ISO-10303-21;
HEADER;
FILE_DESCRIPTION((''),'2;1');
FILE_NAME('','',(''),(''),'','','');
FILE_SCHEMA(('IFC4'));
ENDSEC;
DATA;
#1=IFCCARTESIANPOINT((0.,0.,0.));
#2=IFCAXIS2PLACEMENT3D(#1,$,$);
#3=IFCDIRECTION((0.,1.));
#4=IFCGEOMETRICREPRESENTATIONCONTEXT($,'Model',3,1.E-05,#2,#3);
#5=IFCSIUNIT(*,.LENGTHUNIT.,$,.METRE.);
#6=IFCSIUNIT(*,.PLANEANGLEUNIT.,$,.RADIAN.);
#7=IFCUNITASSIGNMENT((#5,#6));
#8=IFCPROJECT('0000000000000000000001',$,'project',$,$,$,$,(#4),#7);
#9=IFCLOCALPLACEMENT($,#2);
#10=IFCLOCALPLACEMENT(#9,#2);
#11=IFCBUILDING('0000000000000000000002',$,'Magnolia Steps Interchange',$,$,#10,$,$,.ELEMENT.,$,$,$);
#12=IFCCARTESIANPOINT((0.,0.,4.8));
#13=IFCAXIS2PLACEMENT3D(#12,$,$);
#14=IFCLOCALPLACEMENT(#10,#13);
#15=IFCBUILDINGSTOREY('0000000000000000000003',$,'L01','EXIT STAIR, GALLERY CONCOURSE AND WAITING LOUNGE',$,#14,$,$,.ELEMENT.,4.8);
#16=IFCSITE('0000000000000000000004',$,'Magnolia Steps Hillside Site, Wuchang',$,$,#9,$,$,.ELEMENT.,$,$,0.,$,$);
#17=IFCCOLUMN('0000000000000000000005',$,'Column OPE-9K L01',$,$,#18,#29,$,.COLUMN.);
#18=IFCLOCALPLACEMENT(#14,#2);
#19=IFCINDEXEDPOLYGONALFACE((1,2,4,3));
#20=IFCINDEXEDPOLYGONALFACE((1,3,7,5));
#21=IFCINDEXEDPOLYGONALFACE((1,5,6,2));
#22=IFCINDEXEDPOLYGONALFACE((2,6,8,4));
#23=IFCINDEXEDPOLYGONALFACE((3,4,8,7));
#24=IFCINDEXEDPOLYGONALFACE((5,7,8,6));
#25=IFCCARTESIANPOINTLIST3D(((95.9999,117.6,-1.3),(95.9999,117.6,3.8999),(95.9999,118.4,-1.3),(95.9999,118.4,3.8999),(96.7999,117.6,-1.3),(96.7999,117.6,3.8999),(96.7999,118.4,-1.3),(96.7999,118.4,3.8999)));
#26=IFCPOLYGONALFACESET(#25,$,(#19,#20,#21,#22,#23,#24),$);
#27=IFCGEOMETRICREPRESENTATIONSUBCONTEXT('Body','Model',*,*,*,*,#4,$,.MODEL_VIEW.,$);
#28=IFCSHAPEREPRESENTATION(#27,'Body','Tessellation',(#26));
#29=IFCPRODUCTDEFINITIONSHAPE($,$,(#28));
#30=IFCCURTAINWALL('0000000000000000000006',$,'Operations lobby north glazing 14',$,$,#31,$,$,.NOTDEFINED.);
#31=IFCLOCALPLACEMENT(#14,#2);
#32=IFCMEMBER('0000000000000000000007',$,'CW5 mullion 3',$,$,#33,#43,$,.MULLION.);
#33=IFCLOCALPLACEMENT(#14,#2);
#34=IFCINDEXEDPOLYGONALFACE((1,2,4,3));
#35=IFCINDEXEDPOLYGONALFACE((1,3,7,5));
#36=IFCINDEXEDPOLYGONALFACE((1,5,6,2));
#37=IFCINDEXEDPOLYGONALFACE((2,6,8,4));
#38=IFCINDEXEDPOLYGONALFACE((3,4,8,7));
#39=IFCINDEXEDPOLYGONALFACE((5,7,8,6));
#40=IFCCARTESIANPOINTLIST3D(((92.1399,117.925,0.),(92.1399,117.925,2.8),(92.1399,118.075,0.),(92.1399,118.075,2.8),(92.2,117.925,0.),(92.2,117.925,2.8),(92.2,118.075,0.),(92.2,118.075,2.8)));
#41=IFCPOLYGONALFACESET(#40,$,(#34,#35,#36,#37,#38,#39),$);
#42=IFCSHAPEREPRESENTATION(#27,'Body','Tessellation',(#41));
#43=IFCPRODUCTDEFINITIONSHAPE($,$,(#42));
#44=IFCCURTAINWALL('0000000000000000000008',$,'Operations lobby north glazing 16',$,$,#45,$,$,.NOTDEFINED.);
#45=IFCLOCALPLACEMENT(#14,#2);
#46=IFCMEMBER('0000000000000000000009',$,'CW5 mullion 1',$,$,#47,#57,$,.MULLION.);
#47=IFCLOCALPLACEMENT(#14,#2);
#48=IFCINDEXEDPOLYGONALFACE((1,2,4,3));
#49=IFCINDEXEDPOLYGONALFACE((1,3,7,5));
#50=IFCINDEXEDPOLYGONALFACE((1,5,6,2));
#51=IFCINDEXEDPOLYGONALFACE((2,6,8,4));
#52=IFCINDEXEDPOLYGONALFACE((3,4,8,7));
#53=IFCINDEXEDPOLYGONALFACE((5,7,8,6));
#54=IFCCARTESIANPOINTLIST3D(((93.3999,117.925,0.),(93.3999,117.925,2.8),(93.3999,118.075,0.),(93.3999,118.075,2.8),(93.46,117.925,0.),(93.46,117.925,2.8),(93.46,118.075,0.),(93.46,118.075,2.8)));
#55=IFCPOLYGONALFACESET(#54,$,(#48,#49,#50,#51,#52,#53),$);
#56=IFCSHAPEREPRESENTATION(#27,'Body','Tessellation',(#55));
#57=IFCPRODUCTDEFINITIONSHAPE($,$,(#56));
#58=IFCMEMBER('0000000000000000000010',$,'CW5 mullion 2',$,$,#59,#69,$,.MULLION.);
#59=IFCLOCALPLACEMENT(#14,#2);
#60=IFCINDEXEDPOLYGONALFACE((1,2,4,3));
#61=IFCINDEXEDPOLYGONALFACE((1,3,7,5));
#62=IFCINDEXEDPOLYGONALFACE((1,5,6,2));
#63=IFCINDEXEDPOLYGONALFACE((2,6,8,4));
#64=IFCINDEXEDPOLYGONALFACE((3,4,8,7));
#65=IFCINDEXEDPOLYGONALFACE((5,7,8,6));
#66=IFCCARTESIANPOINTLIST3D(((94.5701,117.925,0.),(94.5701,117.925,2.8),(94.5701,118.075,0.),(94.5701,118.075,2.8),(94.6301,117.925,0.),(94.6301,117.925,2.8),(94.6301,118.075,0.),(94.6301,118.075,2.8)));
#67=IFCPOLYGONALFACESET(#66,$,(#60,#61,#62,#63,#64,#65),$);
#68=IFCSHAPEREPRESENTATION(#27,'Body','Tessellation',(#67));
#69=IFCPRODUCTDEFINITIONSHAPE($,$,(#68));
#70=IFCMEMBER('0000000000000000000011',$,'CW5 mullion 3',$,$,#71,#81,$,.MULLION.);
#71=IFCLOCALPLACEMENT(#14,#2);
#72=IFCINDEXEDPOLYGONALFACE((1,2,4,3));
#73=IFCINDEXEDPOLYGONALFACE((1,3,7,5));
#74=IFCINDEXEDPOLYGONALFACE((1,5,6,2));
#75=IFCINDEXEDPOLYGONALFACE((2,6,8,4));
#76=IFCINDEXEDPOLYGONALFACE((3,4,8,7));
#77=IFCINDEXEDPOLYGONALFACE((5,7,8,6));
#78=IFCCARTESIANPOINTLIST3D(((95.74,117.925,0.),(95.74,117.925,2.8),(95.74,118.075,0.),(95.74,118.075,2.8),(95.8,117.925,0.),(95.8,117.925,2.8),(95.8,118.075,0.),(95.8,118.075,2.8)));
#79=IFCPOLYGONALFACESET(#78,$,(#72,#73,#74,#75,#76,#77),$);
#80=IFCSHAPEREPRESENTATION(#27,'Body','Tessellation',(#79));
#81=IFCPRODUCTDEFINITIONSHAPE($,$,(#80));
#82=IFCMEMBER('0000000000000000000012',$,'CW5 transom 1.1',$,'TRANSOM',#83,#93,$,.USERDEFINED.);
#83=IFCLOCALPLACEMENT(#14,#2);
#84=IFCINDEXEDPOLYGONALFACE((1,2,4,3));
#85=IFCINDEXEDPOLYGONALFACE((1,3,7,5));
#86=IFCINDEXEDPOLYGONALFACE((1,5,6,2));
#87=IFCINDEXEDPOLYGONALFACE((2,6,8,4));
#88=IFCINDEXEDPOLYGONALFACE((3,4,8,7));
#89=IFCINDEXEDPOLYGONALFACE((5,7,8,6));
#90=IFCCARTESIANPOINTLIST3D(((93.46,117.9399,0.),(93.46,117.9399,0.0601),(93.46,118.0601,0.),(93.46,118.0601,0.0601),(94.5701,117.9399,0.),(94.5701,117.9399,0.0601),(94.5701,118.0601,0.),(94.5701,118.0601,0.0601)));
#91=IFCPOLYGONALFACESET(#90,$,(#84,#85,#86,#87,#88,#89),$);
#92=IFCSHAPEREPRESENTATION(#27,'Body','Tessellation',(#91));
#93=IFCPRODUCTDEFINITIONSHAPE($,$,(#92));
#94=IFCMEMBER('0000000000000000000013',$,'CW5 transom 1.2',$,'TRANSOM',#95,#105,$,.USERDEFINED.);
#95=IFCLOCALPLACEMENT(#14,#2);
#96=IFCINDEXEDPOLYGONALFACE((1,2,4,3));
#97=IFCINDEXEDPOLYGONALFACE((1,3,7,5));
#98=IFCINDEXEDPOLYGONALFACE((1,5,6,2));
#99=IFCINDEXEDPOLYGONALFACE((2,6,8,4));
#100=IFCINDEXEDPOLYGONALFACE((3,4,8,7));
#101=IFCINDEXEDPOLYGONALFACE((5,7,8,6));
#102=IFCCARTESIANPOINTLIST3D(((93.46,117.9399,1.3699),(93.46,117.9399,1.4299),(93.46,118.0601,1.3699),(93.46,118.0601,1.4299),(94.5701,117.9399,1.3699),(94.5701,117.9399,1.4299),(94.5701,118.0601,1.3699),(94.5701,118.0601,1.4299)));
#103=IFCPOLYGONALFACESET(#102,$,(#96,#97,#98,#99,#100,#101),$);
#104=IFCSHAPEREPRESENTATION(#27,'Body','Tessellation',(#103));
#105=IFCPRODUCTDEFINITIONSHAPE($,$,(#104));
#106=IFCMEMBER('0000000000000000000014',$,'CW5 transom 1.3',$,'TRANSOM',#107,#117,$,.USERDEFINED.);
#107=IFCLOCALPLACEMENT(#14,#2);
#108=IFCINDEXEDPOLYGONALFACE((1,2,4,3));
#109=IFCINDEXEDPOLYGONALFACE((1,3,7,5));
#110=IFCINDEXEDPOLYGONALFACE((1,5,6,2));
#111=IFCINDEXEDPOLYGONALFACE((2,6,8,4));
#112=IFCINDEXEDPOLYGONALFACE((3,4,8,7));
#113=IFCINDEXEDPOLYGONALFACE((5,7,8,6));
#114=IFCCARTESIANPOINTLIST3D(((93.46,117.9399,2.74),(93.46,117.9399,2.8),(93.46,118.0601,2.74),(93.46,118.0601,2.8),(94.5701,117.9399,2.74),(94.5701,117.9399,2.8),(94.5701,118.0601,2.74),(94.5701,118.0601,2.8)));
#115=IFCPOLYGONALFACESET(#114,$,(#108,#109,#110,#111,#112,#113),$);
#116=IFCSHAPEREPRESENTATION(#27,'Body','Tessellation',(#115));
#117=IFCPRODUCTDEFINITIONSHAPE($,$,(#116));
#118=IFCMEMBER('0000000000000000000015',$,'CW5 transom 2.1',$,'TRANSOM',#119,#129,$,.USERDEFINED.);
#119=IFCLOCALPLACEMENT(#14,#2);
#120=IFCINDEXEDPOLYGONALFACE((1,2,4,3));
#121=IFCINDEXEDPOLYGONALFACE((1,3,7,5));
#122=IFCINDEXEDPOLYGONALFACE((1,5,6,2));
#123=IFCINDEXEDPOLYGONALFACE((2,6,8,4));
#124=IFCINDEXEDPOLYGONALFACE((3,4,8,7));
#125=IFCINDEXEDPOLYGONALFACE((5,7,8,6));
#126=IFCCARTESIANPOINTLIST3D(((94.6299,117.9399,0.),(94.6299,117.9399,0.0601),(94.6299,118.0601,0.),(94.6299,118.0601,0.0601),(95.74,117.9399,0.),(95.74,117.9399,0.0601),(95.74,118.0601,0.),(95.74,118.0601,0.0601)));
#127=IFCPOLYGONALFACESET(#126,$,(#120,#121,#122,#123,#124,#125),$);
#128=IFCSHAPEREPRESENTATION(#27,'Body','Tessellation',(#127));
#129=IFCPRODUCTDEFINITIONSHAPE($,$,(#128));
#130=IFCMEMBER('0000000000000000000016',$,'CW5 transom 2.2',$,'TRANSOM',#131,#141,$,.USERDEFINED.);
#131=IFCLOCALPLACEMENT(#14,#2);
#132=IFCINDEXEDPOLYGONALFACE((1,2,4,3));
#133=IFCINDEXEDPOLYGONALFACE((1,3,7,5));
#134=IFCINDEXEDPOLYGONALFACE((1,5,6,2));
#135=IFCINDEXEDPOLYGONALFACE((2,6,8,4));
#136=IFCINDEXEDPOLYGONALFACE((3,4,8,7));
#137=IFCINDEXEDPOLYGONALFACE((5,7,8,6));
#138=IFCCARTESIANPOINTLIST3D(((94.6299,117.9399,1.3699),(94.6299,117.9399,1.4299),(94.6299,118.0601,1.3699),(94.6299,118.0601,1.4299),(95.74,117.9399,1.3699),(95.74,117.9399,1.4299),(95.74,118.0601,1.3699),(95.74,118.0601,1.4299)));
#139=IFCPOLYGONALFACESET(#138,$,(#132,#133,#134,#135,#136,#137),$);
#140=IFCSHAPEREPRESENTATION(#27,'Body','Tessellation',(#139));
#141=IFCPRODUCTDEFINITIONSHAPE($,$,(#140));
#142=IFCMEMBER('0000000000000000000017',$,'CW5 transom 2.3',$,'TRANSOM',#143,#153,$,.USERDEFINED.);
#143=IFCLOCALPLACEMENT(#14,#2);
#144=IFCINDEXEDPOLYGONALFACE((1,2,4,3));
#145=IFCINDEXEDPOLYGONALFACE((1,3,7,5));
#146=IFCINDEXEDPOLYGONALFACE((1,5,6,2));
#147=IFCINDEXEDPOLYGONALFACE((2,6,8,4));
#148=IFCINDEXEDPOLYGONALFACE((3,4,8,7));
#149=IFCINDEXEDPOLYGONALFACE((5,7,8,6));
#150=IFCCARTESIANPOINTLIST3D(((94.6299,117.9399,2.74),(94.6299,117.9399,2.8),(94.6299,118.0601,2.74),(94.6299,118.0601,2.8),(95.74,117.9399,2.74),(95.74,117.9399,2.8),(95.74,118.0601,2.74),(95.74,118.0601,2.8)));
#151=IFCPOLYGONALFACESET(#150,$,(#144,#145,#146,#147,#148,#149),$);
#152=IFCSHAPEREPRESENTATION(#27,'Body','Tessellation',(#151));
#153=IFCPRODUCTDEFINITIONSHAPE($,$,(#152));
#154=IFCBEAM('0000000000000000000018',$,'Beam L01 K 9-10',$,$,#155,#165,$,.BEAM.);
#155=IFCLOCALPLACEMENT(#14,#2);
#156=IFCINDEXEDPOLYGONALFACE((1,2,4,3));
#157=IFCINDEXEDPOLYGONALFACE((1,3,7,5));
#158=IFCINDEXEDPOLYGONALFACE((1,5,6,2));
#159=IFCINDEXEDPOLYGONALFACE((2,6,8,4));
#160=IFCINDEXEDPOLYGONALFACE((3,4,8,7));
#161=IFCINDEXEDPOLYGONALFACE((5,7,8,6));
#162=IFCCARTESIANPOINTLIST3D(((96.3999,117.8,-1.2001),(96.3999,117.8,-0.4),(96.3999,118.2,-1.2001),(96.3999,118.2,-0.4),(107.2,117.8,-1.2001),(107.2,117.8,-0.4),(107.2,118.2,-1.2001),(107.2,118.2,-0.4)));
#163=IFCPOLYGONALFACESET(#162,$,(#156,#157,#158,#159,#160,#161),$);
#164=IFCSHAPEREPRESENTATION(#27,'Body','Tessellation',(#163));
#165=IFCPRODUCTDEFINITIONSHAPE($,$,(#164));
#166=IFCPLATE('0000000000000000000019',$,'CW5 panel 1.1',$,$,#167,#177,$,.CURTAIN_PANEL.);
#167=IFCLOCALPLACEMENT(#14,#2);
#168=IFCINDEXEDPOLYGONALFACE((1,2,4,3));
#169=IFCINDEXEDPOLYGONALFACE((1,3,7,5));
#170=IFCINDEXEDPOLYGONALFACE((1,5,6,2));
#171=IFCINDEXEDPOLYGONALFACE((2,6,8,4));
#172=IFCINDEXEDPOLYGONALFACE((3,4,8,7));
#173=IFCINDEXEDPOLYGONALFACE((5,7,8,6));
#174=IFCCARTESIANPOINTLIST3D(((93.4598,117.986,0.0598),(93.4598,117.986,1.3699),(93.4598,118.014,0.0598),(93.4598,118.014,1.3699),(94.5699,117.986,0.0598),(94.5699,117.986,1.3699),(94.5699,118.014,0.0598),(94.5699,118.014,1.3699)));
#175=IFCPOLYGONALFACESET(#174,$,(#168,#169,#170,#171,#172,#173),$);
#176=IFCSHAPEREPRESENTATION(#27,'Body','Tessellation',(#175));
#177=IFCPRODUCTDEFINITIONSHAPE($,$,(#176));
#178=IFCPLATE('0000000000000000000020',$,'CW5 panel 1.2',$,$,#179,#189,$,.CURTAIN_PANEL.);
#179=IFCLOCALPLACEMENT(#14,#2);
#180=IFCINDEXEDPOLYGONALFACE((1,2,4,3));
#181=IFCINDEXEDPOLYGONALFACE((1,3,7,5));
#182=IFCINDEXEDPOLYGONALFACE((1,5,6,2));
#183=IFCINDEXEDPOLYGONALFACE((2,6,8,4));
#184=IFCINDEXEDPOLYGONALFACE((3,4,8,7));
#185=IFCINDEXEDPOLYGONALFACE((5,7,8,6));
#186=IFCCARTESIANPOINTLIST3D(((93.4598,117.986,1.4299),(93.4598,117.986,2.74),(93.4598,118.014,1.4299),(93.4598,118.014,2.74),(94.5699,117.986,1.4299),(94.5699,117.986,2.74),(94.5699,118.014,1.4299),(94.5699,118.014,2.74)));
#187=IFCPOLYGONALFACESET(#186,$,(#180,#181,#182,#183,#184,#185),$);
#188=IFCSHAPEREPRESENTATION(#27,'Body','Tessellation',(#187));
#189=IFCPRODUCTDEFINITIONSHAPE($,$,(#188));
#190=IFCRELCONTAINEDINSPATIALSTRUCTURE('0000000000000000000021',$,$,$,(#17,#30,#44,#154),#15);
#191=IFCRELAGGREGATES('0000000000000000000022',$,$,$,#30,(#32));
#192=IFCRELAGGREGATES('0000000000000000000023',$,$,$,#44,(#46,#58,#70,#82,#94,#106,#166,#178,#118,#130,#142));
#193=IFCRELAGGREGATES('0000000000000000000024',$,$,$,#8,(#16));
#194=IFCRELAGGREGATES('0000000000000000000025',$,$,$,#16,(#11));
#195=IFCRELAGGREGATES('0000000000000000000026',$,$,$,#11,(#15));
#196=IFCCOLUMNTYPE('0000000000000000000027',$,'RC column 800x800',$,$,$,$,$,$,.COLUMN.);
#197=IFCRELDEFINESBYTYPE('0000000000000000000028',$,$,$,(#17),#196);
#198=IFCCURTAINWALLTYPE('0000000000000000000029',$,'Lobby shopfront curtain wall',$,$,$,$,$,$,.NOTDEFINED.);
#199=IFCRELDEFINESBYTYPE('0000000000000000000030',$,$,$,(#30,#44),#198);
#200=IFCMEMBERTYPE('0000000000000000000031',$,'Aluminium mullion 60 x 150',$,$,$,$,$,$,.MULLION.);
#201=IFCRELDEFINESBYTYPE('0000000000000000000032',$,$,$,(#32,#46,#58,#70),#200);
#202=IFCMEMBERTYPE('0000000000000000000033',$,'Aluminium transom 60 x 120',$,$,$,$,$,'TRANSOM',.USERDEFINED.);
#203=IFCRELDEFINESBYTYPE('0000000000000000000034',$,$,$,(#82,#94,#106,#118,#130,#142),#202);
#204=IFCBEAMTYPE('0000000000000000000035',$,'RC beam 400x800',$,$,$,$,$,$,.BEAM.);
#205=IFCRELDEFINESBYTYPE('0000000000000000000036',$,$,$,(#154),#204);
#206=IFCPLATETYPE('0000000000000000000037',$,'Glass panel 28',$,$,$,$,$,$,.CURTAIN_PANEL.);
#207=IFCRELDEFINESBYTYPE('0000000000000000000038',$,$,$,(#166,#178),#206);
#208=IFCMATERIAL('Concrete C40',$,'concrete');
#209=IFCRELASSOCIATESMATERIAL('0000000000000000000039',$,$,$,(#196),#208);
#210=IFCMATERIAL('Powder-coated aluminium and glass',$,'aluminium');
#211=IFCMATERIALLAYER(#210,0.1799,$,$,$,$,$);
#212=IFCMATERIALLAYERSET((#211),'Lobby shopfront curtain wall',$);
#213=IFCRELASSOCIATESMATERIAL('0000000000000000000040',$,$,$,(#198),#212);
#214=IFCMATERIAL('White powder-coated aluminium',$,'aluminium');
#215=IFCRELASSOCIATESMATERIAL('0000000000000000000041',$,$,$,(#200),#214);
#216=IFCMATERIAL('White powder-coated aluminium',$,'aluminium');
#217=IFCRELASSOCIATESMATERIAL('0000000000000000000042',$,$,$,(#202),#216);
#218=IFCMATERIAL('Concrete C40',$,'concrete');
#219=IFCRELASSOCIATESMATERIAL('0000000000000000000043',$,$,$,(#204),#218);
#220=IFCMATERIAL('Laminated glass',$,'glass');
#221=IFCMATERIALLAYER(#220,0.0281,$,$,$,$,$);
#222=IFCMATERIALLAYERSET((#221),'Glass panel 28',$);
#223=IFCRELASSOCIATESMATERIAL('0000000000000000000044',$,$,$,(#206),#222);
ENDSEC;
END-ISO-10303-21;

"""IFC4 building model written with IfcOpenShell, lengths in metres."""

from ifc_helpers import new_model, si_unit, direction, frame, origin, origin_2d, place, context, subcontext, project, spatial, rectangle, extrude, material, layer, layer_set, material_profile, profile_set, type_object, element, aggregate, save


model = new_model("IFC4")

# Units and contexts
model_context = context("Model", 3, precision=1e-05, world=origin(), true_north=direction((0.0, 1.0)))
body_context = subcontext(model_context, "Body", "Model", "MODEL_VIEW")
ifc_project = project(units=[si_unit("LENGTHUNIT", "METRE"), si_unit("PLANEANGLEUNIT", "RADIAN")], contexts=[model_context])

# Site, building, storey
site_placement = place(None, origin())
site = spatial("IfcSite", under=ifc_project, at=site_placement, Name="Magnolia Steps Hillside Site, Wuchang", CompositionType="ELEMENT", RefElevation=0.0)
building_placement = place(site_placement, origin())
building = spatial("IfcBuilding", under=site, at=building_placement, Name="Magnolia Steps Interchange", CompositionType="ELEMENT")
storey_placement = place(building_placement, frame((0.0, 0.0, 4.8)))
storey = spatial("IfcBuildingStorey", under=building, at=storey_placement, Name="L01", Description="EXIT STAIR, GALLERY CONCOURSE AND WAITING LOUNGE", CompositionType="ELEMENT", Elevation=4.8)

# Column
ifc_material_1 = material(Name="Concrete C40", Category="concrete")
ifc_material_profile_1 = material_profile(ifc_material_1, rectangle(XDim=0.8, YDim=0.8, at=origin_2d()), Name="RC800x800")
ifc_profile_set_1 = profile_set([ifc_material_profile_1], Name="Concrete C40")
column_type = type_object("IfcColumnType", Name="RC column 800x800", PredefinedType="COLUMN", material=ifc_profile_set_1)
column_placement = place(storey_placement, frame((96.3999, 118.0, -1.3), z_axis=(0.0, 0.0, 1.0), x_axis=(1.0, 0.0, 0.0)))
element("IfcColumn", 1, at=column_placement, inside=storey, type_object=column_type, Name="Column OPE-9K L01", PredefinedType="COLUMN", context=body_context, shape_type="SweptSolid", body=[
    extrude(rectangle(XDim=0.8, YDim=0.8, at=origin_2d()), origin(), (0.0, 0.0, 1.0), 5.2),
])

# Curtain wall, member
ifc_material_2 = material(Name="Powder-coated aluminium and glass", Category="aluminium")
ifc_layer_1 = layer(ifc_material_2, 0.1799)
ifc_layer_set_1 = layer_set([ifc_layer_1], Name="Lobby shopfront curtain wall")
curtain_wall_type = type_object("IfcCurtainWallType", Name="Lobby shopfront curtain wall", PredefinedType="NOTDEFINED", material=ifc_layer_set_1)
curtain_wall_1_placement = place(storey_placement, origin())
curtain_wall_1 = element("IfcCurtainWall", 2, at=curtain_wall_1_placement, inside=storey, type_object=curtain_wall_type, Name="Operations lobby north glazing 14", PredefinedType="NOTDEFINED")
ifc_material_3 = material(Name="White powder-coated aluminium", Category="aluminium")
ifc_material_profile_2 = material_profile(ifc_material_3, rectangle(XDim=0.0601, YDim=0.1499, at=origin_2d()), Name="Aluminium mullion 60 x 150")
ifc_profile_set_2 = profile_set([ifc_material_profile_2], Name="White powder-coated aluminium")
member_type_1 = type_object("IfcMemberType", Name="Aluminium mullion 60 x 150", PredefinedType="MULLION", material=ifc_profile_set_2)
member_1_placement = place(storey_placement, frame((92.1699, 118.0, 0.0), z_axis=(0.0, 0.0, 1.0), x_axis=(1.0, 0.0, 0.0)))
member_1 = element("IfcMember", 3, at=member_1_placement, type_object=member_type_1, Name="CW5 mullion 3", PredefinedType="MULLION", context=body_context, shape_type="SweptSolid", body=[
    extrude(rectangle(XDim=0.0601, YDim=0.1499, at=origin_2d()), origin(), (0.0, 0.0, 1.0), 2.8),
])
aggregate(curtain_wall_1, [member_1])

# Curtain wall, members
curtain_wall_2_placement = place(storey_placement, origin())
curtain_wall_2 = element("IfcCurtainWall", 4, at=curtain_wall_2_placement, inside=storey, type_object=curtain_wall_type, Name="Operations lobby north glazing 16", PredefinedType="NOTDEFINED")
member_2_placement = place(storey_placement, frame((93.4299, 118.0, 0.0), z_axis=(0.0, 0.0, 1.0), x_axis=(1.0, 0.0, 0.0)))
member_2 = element("IfcMember", 5, at=member_2_placement, type_object=member_type_1, Name="CW5 mullion 1", PredefinedType="MULLION", context=body_context, shape_type="SweptSolid", body=[
    extrude(rectangle(XDim=0.0601, YDim=0.1499, at=origin_2d()), origin(), (0.0, 0.0, 1.0), 2.8),
])
member_3_placement = place(storey_placement, frame((94.6001, 118.0, 0.0), z_axis=(0.0, 0.0, 1.0), x_axis=(1.0, 0.0, 0.0)))
member_3 = element("IfcMember", 6, at=member_3_placement, type_object=member_type_1, Name="CW5 mullion 2", PredefinedType="MULLION", context=body_context, shape_type="SweptSolid", body=[
    extrude(rectangle(XDim=0.0601, YDim=0.1499, at=origin_2d()), origin(), (0.0, 0.0, 1.0), 2.8),
])
member_4_placement = place(storey_placement, frame((95.77, 118.0, 0.0), z_axis=(0.0, 0.0, 1.0), x_axis=(1.0, 0.0, 0.0)))
member_4 = element("IfcMember", 7, at=member_4_placement, type_object=member_type_1, Name="CW5 mullion 3", PredefinedType="MULLION", context=body_context, shape_type="SweptSolid", body=[
    extrude(rectangle(XDim=0.0601, YDim=0.1499, at=origin_2d()), origin(), (0.0, 0.0, 1.0), 2.8),
])
ifc_material_4 = material(Name="White powder-coated aluminium", Category="aluminium")
ifc_material_profile_3 = material_profile(ifc_material_4, rectangle(XDim=0.0601, YDim=0.1201, at=origin_2d()), Name="Aluminium transom 60 x 120")
ifc_profile_set_3 = profile_set([ifc_material_profile_3], Name="White powder-coated aluminium")
member_type_2 = type_object("IfcMemberType", Name="Aluminium transom 60 x 120", ElementType="TRANSOM", PredefinedType="USERDEFINED", material=ifc_profile_set_3)
member_5_placement = place(storey_placement, frame((93.46, 118.0, 0.03), z_axis=(1.0, 0.0, 0.0), x_axis=(0.0, 0.0, 1.0)))
member_5 = element("IfcMember", 8, at=member_5_placement, type_object=member_type_2, Name="CW5 transom 1.1", ObjectType="TRANSOM", PredefinedType="USERDEFINED", context=body_context, shape_type="SweptSolid", body=[
    extrude(rectangle(XDim=0.0601, YDim=0.1201, at=origin_2d()), origin(), (0.0, 0.0, 1.0), 1.1101),
])
member_6_placement = place(storey_placement, frame((93.46, 118.0, 1.3999), z_axis=(1.0, 0.0, 0.0), x_axis=(0.0, 0.0, 1.0)))
member_6 = element("IfcMember", 9, at=member_6_placement, type_object=member_type_2, Name="CW5 transom 1.2", ObjectType="TRANSOM", PredefinedType="USERDEFINED", context=body_context, shape_type="SweptSolid", body=[
    extrude(rectangle(XDim=0.0601, YDim=0.1201, at=origin_2d()), origin(), (0.0, 0.0, 1.0), 1.1101),
])
member_7_placement = place(storey_placement, frame((93.46, 118.0, 2.77), z_axis=(1.0, 0.0, 0.0), x_axis=(0.0, 0.0, 1.0)))
member_7 = element("IfcMember", 10, at=member_7_placement, type_object=member_type_2, Name="CW5 transom 1.3", ObjectType="TRANSOM", PredefinedType="USERDEFINED", context=body_context, shape_type="SweptSolid", body=[
    extrude(rectangle(XDim=0.0601, YDim=0.1201, at=origin_2d()), origin(), (0.0, 0.0, 1.0), 1.1101),
])
member_8_placement = place(storey_placement, frame((94.6299, 118.0, 0.03), z_axis=(1.0, 0.0, 0.0), x_axis=(0.0, 0.0, 1.0)))
member_8 = element("IfcMember", 11, at=member_8_placement, type_object=member_type_2, Name="CW5 transom 2.1", ObjectType="TRANSOM", PredefinedType="USERDEFINED", context=body_context, shape_type="SweptSolid", body=[
    extrude(rectangle(XDim=0.0601, YDim=0.1201, at=origin_2d()), origin(), (0.0, 0.0, 1.0), 1.1101),
])
member_9_placement = place(storey_placement, frame((94.6299, 118.0, 1.3999), z_axis=(1.0, 0.0, 0.0), x_axis=(0.0, 0.0, 1.0)))
member_9 = element("IfcMember", 12, at=member_9_placement, type_object=member_type_2, Name="CW5 transom 2.2", ObjectType="TRANSOM", PredefinedType="USERDEFINED", context=body_context, shape_type="SweptSolid", body=[
    extrude(rectangle(XDim=0.0601, YDim=0.1201, at=origin_2d()), origin(), (0.0, 0.0, 1.0), 1.1101),
])
member_10_placement = place(storey_placement, frame((94.6299, 118.0, 2.77), z_axis=(1.0, 0.0, 0.0), x_axis=(0.0, 0.0, 1.0)))
member_10 = element("IfcMember", 13, at=member_10_placement, type_object=member_type_2, Name="CW5 transom 2.3", ObjectType="TRANSOM", PredefinedType="USERDEFINED", context=body_context, shape_type="SweptSolid", body=[
    extrude(rectangle(XDim=0.0601, YDim=0.1201, at=origin_2d()), origin(), (0.0, 0.0, 1.0), 1.1101),
])

# Beam
ifc_material_5 = material(Name="Concrete C40", Category="concrete")
ifc_material_profile_4 = material_profile(ifc_material_5, rectangle(XDim=0.3999, YDim=0.8, at=origin_2d()), Name="RC400x800")
ifc_profile_set_4 = profile_set([ifc_material_profile_4], Name="Concrete C40")
beam_type = type_object("IfcBeamType", Name="RC beam 400x800", PredefinedType="BEAM", material=ifc_profile_set_4)
beam_placement = place(storey_placement, frame((96.3999, 118.0, -0.8), z_axis=(1.0, 0.0, 0.0), x_axis=(0.0, 1.0, 0.0)))
element("IfcBeam", 14, at=beam_placement, inside=storey, type_object=beam_type, Name="Beam L01 K 9-10", PredefinedType="BEAM", context=body_context, shape_type="SweptSolid", body=[
    extrude(rectangle(XDim=0.3999, YDim=0.8, at=origin_2d()), origin(), (0.0, 0.0, 1.0), 10.8),
])

# Plates
ifc_material_6 = material(Name="Laminated glass", Category="glass")
ifc_layer_2 = layer(ifc_material_6, 0.0281)
ifc_layer_set_2 = layer_set([ifc_layer_2], Name="Glass panel 28")
plate_type = type_object("IfcPlateType", Name="Glass panel 28", PredefinedType="CURTAIN_PANEL", material=ifc_layer_set_2)
plate_1_placement = place(storey_placement, frame((94.0149, 118.0, 0.0598), z_axis=(0.0, 0.0, 1.0), x_axis=(1.0, 0.0, 0.0)))
plate_1 = element("IfcPlate", 15, at=plate_1_placement, type_object=plate_type, Name="CW5 panel 1.1", PredefinedType="CURTAIN_PANEL", context=body_context, shape_type="SweptSolid", body=[
    extrude(rectangle(XDim=1.1101, YDim=0.0281, at=origin_2d()), origin(), (0.0, 0.0, 1.0), 1.3101),
])
plate_2_placement = place(storey_placement, frame((94.0149, 118.0, 1.4299), z_axis=(0.0, 0.0, 1.0), x_axis=(1.0, 0.0, 0.0)))
plate_2 = element("IfcPlate", 16, at=plate_2_placement, type_object=plate_type, Name="CW5 panel 1.2", PredefinedType="CURTAIN_PANEL", context=body_context, shape_type="SweptSolid", body=[
    extrude(rectangle(XDim=1.1101, YDim=0.0281, at=origin_2d()), origin(), (0.0, 0.0, 1.0), 1.3101),
])
aggregate(curtain_wall_2, [member_2, member_3, member_4, member_5, member_6, member_7, plate_1, plate_2, member_8, member_9, member_10])

save(model, "model.ifc")
